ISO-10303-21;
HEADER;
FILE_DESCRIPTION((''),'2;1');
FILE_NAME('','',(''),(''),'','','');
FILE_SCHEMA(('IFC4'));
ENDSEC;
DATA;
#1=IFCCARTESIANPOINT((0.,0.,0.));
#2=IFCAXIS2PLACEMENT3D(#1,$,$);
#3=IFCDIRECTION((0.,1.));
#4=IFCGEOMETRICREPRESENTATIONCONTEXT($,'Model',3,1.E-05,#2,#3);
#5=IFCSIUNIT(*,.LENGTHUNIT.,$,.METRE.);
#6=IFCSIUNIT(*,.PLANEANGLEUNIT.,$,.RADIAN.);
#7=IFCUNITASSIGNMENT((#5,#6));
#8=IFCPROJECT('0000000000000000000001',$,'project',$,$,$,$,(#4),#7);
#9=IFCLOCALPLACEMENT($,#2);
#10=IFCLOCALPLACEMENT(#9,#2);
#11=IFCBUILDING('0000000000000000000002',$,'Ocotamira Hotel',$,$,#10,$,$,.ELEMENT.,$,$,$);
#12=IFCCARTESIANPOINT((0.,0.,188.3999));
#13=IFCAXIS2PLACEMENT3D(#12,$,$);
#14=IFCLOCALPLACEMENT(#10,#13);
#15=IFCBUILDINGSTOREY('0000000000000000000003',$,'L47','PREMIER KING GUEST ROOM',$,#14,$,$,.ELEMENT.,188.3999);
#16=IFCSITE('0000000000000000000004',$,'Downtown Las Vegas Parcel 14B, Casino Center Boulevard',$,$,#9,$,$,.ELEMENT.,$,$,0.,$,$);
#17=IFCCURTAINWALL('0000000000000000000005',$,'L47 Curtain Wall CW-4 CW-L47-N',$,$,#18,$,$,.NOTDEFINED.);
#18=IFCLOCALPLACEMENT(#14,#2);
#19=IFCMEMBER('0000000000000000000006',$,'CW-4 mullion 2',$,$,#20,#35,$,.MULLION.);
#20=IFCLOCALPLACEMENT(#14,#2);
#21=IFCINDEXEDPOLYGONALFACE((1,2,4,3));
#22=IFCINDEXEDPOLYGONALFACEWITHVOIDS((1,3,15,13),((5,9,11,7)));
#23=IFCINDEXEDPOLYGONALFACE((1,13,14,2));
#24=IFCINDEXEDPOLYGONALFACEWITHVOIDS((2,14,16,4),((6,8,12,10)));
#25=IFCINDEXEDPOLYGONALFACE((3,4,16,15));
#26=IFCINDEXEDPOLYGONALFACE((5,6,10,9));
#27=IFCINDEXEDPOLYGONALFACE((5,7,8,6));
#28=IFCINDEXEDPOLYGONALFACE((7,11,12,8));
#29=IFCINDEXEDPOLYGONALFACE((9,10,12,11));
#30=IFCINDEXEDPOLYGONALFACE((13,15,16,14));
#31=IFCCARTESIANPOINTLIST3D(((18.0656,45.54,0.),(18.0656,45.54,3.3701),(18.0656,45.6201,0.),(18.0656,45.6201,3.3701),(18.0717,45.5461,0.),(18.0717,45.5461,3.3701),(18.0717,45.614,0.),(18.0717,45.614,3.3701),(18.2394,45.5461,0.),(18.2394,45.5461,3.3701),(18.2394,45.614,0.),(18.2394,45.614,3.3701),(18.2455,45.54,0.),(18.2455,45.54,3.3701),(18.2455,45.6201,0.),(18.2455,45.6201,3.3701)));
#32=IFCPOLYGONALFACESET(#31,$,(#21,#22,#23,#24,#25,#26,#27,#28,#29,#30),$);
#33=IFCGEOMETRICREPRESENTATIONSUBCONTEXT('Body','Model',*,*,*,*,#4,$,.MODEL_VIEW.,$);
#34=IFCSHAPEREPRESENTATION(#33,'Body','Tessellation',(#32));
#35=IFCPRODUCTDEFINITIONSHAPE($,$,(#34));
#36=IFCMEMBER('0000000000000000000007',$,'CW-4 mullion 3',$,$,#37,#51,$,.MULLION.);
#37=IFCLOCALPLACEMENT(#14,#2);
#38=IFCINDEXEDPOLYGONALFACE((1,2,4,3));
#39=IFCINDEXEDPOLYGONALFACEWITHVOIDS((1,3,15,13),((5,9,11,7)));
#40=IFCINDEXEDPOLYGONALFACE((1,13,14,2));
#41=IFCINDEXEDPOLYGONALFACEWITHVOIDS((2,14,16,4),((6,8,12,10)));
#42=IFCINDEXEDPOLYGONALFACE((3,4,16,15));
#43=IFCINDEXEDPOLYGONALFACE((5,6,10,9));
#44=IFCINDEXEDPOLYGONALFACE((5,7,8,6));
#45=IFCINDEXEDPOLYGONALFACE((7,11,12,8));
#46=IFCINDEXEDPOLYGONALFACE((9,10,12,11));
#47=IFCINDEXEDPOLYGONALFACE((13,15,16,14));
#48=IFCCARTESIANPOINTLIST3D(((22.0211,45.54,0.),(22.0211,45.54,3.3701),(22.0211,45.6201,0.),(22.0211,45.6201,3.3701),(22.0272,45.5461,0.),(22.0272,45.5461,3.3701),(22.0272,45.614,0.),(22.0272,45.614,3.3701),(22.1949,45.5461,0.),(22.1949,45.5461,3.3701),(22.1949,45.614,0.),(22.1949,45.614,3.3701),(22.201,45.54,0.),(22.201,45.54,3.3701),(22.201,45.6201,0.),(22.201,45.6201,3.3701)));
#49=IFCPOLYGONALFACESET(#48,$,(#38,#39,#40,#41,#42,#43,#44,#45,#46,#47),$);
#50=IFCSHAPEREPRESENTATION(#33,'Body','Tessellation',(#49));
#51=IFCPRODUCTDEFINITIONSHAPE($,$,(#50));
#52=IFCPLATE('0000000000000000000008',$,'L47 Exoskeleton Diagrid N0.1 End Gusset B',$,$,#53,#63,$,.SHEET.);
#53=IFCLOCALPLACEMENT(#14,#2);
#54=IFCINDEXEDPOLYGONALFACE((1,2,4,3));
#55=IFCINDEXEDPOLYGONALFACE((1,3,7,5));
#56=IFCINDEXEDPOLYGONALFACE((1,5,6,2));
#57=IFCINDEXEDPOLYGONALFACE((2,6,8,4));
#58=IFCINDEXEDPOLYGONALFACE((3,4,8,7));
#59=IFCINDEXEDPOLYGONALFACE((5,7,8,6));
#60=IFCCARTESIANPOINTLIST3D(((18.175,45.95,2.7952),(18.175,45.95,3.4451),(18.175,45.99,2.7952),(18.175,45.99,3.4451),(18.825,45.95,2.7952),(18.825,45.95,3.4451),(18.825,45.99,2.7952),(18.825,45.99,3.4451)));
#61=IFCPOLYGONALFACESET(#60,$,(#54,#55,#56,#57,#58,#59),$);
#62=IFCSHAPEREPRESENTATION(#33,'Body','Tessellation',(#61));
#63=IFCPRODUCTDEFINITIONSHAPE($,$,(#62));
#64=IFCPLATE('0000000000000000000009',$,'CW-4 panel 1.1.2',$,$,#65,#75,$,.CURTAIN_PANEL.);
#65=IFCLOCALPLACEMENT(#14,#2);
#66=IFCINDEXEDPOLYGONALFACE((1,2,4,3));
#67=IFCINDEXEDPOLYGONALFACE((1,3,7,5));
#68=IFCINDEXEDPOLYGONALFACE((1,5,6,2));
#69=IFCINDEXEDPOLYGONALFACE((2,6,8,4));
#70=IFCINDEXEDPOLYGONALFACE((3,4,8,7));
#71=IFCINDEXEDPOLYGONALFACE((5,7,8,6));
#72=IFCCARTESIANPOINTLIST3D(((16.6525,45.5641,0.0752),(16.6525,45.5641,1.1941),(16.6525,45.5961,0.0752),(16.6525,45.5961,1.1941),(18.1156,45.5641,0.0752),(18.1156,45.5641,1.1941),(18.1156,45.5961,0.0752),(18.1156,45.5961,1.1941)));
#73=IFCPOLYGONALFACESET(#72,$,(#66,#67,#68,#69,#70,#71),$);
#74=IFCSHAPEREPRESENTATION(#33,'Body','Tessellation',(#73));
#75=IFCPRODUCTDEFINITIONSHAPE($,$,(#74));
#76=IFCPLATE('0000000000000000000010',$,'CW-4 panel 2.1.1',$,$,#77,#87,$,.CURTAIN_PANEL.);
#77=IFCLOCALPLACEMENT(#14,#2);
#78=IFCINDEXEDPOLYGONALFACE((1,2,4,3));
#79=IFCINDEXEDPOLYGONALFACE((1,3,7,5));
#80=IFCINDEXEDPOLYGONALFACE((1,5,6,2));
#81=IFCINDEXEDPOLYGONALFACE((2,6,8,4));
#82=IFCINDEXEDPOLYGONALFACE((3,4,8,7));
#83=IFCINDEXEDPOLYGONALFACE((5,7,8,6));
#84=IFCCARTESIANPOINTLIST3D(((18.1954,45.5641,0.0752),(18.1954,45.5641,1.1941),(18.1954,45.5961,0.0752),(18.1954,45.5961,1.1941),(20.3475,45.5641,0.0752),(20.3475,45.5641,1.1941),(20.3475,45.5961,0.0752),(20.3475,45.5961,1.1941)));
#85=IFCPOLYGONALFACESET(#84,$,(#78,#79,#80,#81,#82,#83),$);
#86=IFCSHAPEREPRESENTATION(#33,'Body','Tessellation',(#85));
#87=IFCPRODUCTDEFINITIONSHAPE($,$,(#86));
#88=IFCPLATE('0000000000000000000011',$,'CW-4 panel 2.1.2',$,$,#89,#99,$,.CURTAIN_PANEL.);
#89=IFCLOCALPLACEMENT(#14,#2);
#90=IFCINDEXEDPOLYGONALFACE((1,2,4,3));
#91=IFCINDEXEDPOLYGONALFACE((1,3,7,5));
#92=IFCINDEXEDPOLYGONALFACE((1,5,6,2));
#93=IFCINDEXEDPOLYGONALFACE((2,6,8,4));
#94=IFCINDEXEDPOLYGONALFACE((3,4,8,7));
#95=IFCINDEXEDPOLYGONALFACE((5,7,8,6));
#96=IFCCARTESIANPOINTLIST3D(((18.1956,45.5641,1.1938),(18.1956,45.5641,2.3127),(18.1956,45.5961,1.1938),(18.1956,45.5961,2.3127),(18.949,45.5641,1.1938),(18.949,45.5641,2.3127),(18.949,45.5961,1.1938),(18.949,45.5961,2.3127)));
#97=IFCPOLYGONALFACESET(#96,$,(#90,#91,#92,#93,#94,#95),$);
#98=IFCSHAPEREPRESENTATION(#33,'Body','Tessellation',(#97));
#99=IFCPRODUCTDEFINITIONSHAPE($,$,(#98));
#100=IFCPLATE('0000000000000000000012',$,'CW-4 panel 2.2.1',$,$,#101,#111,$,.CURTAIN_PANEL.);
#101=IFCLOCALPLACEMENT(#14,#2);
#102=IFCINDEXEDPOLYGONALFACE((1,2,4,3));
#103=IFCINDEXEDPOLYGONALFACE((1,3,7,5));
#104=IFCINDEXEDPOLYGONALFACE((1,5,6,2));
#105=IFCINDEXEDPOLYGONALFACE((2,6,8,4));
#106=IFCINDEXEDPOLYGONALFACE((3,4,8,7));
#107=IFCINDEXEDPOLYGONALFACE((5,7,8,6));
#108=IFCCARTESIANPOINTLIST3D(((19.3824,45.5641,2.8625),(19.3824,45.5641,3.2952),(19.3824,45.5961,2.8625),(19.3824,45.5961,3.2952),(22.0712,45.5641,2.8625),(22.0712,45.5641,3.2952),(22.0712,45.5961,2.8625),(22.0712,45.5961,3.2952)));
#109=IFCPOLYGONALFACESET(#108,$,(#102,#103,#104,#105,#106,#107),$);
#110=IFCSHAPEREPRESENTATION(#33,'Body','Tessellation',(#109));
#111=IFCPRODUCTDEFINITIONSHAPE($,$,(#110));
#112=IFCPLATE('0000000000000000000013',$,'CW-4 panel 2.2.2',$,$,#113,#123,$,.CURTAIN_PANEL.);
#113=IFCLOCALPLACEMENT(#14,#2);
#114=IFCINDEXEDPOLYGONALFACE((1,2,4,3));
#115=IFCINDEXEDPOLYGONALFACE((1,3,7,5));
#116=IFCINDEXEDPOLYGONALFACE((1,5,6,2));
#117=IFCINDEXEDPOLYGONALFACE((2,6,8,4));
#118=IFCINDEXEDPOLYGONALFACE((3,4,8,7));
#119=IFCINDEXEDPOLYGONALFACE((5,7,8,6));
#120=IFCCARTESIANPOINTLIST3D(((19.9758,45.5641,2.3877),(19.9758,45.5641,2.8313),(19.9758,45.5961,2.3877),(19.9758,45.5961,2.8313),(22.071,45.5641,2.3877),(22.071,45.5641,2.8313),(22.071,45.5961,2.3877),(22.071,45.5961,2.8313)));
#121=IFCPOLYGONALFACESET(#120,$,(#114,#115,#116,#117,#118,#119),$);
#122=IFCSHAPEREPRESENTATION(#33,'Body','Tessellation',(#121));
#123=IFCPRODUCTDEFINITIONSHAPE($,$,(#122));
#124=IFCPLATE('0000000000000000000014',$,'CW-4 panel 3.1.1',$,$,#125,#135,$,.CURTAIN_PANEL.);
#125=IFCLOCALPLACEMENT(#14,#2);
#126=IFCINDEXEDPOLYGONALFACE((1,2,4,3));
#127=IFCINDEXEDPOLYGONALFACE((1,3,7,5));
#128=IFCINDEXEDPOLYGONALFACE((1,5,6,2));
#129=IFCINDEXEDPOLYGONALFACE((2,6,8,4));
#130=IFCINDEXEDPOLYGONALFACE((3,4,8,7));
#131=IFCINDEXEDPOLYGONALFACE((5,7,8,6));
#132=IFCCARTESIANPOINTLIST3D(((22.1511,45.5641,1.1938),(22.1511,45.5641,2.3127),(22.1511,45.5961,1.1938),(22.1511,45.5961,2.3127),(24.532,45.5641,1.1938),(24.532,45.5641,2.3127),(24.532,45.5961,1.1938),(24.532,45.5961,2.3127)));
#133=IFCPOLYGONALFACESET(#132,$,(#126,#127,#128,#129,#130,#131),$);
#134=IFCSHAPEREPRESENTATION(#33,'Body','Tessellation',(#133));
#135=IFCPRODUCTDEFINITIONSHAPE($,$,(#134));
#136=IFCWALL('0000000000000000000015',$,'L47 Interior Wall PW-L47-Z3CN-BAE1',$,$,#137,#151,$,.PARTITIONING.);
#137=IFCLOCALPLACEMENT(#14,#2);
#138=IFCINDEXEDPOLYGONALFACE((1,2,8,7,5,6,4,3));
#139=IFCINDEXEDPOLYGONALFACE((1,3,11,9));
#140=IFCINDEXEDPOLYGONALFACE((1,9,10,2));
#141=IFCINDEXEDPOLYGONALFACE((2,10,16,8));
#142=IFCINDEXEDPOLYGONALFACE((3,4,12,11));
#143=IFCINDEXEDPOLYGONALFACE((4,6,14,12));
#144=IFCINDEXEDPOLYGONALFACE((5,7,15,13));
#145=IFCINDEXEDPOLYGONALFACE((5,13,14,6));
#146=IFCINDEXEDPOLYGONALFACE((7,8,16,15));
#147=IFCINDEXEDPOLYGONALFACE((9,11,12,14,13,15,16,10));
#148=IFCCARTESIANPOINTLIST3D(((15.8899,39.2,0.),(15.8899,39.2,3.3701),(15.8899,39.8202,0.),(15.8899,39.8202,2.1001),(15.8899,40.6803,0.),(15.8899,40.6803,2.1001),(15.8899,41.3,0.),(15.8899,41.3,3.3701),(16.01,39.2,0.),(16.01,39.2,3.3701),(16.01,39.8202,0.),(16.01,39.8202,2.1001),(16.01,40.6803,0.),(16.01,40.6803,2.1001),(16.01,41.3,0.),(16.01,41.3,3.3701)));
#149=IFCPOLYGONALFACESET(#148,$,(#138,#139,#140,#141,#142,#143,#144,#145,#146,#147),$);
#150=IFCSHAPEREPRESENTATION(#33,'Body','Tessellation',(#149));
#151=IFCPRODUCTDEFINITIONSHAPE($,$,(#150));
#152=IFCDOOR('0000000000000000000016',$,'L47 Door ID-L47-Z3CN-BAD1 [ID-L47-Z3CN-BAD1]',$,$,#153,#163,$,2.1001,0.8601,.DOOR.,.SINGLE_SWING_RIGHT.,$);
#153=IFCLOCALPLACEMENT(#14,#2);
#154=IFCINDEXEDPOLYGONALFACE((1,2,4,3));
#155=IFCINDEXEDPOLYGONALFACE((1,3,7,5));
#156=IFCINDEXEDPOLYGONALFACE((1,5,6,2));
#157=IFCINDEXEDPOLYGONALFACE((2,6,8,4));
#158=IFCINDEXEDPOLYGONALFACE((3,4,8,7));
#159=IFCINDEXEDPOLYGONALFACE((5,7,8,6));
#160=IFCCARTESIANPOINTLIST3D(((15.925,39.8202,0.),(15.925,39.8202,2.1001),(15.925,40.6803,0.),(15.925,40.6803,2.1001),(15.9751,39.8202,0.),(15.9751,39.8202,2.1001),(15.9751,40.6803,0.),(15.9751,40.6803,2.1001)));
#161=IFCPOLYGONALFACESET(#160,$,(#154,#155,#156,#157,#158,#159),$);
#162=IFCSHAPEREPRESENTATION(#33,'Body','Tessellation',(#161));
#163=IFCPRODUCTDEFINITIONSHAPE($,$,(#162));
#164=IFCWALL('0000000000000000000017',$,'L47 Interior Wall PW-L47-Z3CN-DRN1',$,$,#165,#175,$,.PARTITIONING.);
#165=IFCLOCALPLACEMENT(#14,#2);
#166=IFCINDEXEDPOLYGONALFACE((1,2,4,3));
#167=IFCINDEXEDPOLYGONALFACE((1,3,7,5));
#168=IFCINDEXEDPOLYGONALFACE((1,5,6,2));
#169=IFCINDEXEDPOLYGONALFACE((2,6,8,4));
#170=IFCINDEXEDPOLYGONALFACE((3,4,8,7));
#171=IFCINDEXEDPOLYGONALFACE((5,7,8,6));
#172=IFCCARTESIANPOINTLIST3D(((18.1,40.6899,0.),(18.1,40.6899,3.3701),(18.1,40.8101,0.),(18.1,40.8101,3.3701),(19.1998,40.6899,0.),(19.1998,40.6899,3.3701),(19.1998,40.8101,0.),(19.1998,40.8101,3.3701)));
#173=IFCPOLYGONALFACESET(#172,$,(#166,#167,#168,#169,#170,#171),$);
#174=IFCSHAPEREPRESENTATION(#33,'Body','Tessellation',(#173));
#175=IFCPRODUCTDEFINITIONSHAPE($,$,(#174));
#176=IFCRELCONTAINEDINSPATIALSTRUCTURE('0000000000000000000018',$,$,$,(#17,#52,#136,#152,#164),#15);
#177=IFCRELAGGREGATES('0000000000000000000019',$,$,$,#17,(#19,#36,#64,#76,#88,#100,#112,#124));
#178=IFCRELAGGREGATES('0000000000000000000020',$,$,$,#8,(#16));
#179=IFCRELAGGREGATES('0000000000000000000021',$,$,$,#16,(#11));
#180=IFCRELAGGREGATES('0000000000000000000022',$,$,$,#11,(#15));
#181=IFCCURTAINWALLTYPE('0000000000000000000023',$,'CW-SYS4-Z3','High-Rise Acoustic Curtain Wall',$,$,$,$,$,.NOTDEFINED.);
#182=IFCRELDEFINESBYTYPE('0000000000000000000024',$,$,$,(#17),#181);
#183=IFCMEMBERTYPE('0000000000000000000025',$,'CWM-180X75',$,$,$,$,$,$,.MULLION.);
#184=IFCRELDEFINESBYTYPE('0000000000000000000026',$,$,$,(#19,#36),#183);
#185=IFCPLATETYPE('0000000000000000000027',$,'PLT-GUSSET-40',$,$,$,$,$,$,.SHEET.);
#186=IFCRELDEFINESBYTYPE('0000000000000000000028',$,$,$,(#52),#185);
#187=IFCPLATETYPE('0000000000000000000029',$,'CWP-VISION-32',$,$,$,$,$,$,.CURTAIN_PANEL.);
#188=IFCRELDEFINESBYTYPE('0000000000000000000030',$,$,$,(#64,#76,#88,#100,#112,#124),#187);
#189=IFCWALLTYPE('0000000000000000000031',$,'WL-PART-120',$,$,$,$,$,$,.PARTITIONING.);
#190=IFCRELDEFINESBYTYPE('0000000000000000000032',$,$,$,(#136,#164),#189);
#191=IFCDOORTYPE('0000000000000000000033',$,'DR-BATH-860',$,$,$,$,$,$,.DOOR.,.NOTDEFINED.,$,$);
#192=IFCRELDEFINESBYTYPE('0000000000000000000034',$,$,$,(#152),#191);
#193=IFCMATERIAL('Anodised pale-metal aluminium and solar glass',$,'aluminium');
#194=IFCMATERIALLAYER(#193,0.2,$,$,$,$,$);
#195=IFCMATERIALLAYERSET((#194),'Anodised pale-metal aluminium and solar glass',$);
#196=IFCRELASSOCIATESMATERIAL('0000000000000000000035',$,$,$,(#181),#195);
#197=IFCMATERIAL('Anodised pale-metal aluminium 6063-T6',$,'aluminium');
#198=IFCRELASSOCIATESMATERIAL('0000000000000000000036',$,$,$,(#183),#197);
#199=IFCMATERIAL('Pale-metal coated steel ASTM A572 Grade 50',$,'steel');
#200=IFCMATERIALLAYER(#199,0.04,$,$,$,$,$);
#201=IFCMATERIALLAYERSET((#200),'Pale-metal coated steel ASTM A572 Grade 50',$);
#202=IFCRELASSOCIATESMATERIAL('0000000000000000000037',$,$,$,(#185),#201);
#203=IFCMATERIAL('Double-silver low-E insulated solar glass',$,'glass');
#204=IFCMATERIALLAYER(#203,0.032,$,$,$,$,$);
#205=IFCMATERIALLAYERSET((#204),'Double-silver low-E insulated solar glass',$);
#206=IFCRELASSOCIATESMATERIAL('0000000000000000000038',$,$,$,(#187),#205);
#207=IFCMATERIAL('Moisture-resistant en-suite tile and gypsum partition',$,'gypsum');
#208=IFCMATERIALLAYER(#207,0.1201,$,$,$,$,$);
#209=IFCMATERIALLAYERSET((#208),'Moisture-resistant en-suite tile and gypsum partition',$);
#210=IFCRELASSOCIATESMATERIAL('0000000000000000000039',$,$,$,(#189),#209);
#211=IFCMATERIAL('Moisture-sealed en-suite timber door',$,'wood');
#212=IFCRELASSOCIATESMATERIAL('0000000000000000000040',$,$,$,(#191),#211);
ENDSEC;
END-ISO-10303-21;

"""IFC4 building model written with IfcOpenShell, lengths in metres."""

from ifc_helpers import new_model, si_unit, direction, frame, frame_2d, origin, origin_2d, place, context, subcontext, project, spatial, rectangle, hollow_rectangle, extrude, source, transform, mapped, material, layer, layer_set, material_profile, profile_set, type_object, element, fill, aggregate, save


model = new_model("IFC4")

# Units and contexts
model_context = context("Model", 3, precision=1e-05, world=origin(), true_north=direction((0.0, 1.0)))
body_context = subcontext(model_context, "Body", "Model", "MODEL_VIEW")
ifc_project = project(units=[si_unit("LENGTHUNIT", "METRE"), si_unit("PLANEANGLEUNIT", "RADIAN")], contexts=[model_context])

# Site, building, storey
site_placement = place(None, origin())
site = spatial("IfcSite", under=ifc_project, at=site_placement, Name="Downtown Las Vegas Parcel 14B, Casino Center Boulevard", CompositionType="ELEMENT", RefElevation=0.0)
building_placement = place(site_placement, origin())
building = spatial("IfcBuilding", under=site, at=building_placement, Name="Ocotamira Hotel", CompositionType="ELEMENT")
storey_placement = place(building_placement, frame((0.0, 0.0, 188.3999)))
storey = spatial("IfcBuildingStorey", under=building, at=storey_placement, Name="L47", Description="PREMIER KING GUEST ROOM", CompositionType="ELEMENT", Elevation=188.3999)

# Curtain wall, members
ifc_material_1 = material(Name="Anodised pale-metal aluminium and solar glass", Category="aluminium")
ifc_layer_1 = layer(ifc_material_1, 0.2)
ifc_layer_set_1 = layer_set([ifc_layer_1], Name="Anodised pale-metal aluminium and solar glass")
curtain_wall_type = type_object("IfcCurtainWallType", Name="CW-SYS4-Z3", Description="High-Rise Acoustic Curtain Wall", PredefinedType="NOTDEFINED", material=ifc_layer_set_1)
curtain_wall_placement = place(storey_placement, origin())
curtain_wall = element("IfcCurtainWall", 1, at=curtain_wall_placement, inside=storey, type_object=curtain_wall_type, Name="L47 Curtain Wall CW-4 CW-L47-N", PredefinedType="NOTDEFINED")
ifc_material_2 = material(Name="Anodised pale-metal aluminium 6063-T6", Category="aluminium")
ifc_material_profile_1 = material_profile(ifc_material_2, hollow_rectangle(XDim=0.0801, YDim=0.1799, WallThickness=0.0061, at=origin_2d()), Name="HSS180X80X6")
ifc_profile_set_1 = profile_set([ifc_material_profile_1], Name="Anodised pale-metal aluminium 6063-T6")
member_type_1 = type_object("IfcMemberType", Name="CWM-180X75", PredefinedType="MULLION", material=ifc_profile_set_1)
shared_shape_1 = source(origin(), body_context, "Body", "SweptSolid", [
    extrude(hollow_rectangle(XDim=0.0801, YDim=0.1799, WallThickness=0.0061, at=origin_2d()), origin(), (0.0, 0.0, 1.0), 3.3701),
])
member_1_placement = place(storey_placement, frame((18.1555, 45.5801, 0.0), z_axis=(0.0, 0.0, 1.0), x_axis=(0.0, 1.0, 0.0)))
member_1 = element("IfcMember", 2, at=member_1_placement, type_object=member_type_1, Name="CW-4 mullion 2", PredefinedType="MULLION", context=body_context, shape_type="MappedRepresentation", body=[
    mapped(shared_shape_1, transform((0.0, 0.0, 0.0), scale=1.0)),
])
member_2_placement = place(storey_placement, frame((22.1111, 45.5801, 0.0), z_axis=(0.0, 0.0, 1.0), x_axis=(0.0, 1.0, 0.0)))
member_2 = element("IfcMember", 3, at=member_2_placement, type_object=member_type_1, Name="CW-4 mullion 3", PredefinedType="MULLION", context=body_context, shape_type="MappedRepresentation", body=[
    mapped(shared_shape_1, transform((0.0, 0.0, 0.0), scale=1.0)),
])

# Plates
ifc_material_3 = material(Name="Pale-metal coated steel ASTM A572 Grade 50", Category="steel")
ifc_layer_2 = layer(ifc_material_3, 0.04)
ifc_layer_set_2 = layer_set([ifc_layer_2], Name="Pale-metal coated steel ASTM A572 Grade 50")
plate_type_1 = type_object("IfcPlateType", Name="PLT-GUSSET-40", PredefinedType="SHEET", material=ifc_layer_set_2)
shared_shape_2 = source(origin(), body_context, "Body", "SweptSolid", [
    extrude(rectangle(XDim=0.6499, YDim=0.04, at=origin_2d()), origin(), (0.0, 0.0, 1.0), 0.6499),
])
plate_1_placement = place(storey_placement, frame((18.5, 45.97, 2.7952), z_axis=(0.0, 0.0, 1.0), x_axis=(1.0, 0.0, 0.0)))
element("IfcPlate", 4, at=plate_1_placement, inside=storey, type_object=plate_type_1, Name="L47 Exoskeleton Diagrid N0.1 End Gusset B", PredefinedType="SHEET", context=body_context, shape_type="MappedRepresentation", body=[
    mapped(shared_shape_2, transform((0.0, 0.0, 0.0), scale=1.0)),
])
ifc_material_4 = material(Name="Double-silver low-E insulated solar glass", Category="glass")
ifc_layer_3 = layer(ifc_material_4, 0.032)
ifc_layer_set_3 = layer_set([ifc_layer_3], Name="Double-silver low-E insulated solar glass")
plate_type_2 = type_object("IfcPlateType", Name="CWP-VISION-32", PredefinedType="CURTAIN_PANEL", material=ifc_layer_set_3)
shared_shape_3 = source(origin(), body_context, "Body", "SweptSolid", [
    extrude(rectangle(XDim=1.4631, YDim=0.032, at=origin_2d()), origin(), (0.0, 0.0, 1.0), 1.1189),
])
plate_2_placement = place(storey_placement, frame((17.384, 45.5801, 0.0752), z_axis=(0.0, 0.0, 1.0), x_axis=(1.0, 0.0, 0.0)))
plate_2 = element("IfcPlate", 5, at=plate_2_placement, type_object=plate_type_2, Name="CW-4 panel 1.1.2", PredefinedType="CURTAIN_PANEL", context=body_context, shape_type="MappedRepresentation", body=[
    mapped(shared_shape_3, transform((0.0, 0.0, 0.0), scale=1.0)),
])
shared_shape_4 = source(origin(), body_context, "Body", "SweptSolid", [
    extrude(rectangle(XDim=2.1521, YDim=0.032, at=origin_2d()), origin(), (0.0, 0.0, 1.0), 1.1189),
])
plate_3_placement = place(storey_placement, frame((19.2715, 45.5801, 0.0752), z_axis=(0.0, 0.0, 1.0), x_axis=(1.0, 0.0, 0.0)))
plate_3 = element("IfcPlate", 6, at=plate_3_placement, type_object=plate_type_2, Name="CW-4 panel 2.1.1", PredefinedType="CURTAIN_PANEL", context=body_context, shape_type="MappedRepresentation", body=[
    mapped(shared_shape_4, transform((0.0, 0.0, 0.0), scale=1.0)),
])
shared_shape_5 = source(origin(), body_context, "Body", "SweptSolid", [
    extrude(rectangle(XDim=0.7534, YDim=0.032, at=origin_2d()), origin(), (0.0, 0.0, 1.0), 1.1189),
])
plate_4_placement = place(storey_placement, frame((18.5723, 45.5801, 1.1938), z_axis=(0.0, 0.0, 1.0), x_axis=(1.0, 0.0, 0.0)))
plate_4 = element("IfcPlate", 7, at=plate_4_placement, type_object=plate_type_2, Name="CW-4 panel 2.1.2", PredefinedType="CURTAIN_PANEL", context=body_context, shape_type="MappedRepresentation", body=[
    mapped(shared_shape_5, transform((0.0, 0.0, 0.0), scale=1.0)),
])
shared_shape_6 = source(origin(), body_context, "Body", "SweptSolid", [
    extrude(rectangle(XDim=2.6887, YDim=0.032, at=origin_2d()), origin(), (0.0, 0.0, 1.0), 0.4326),
])
plate_5_placement = place(storey_placement, frame((20.7268, 45.5801, 2.8625), z_axis=(0.0, 0.0, 1.0), x_axis=(1.0, 0.0, 0.0)))
plate_5 = element("IfcPlate", 8, at=plate_5_placement, type_object=plate_type_2, Name="CW-4 panel 2.2.1", PredefinedType="CURTAIN_PANEL", context=body_context, shape_type="MappedRepresentation", body=[
    mapped(shared_shape_6, transform((0.0, 0.0, 0.0), scale=1.0)),
])
shared_shape_7 = source(origin(), body_context, "Body", "SweptSolid", [
    extrude(rectangle(XDim=2.0952, YDim=0.032, at=origin_2d()), origin(), (0.0, 0.0, 1.0), 0.4436),
])
plate_6_placement = place(storey_placement, frame((21.0234, 45.5801, 2.3877), z_axis=(0.0, 0.0, 1.0), x_axis=(1.0, 0.0, 0.0)))
plate_6 = element("IfcPlate", 9, at=plate_6_placement, type_object=plate_type_2, Name="CW-4 panel 2.2.2", PredefinedType="CURTAIN_PANEL", context=body_context, shape_type="MappedRepresentation", body=[
    mapped(shared_shape_7, transform((0.0, 0.0, 0.0), scale=1.0)),
])
shared_shape_8 = source(origin(), body_context, "Body", "SweptSolid", [
    extrude(rectangle(XDim=2.3809, YDim=0.032, at=origin_2d()), origin(), (0.0, 0.0, 1.0), 1.1189),
])
plate_7_placement = place(storey_placement, frame((23.3416, 45.5801, 1.1938), z_axis=(0.0, 0.0, 1.0), x_axis=(1.0, 0.0, 0.0)))
plate_7 = element("IfcPlate", 10, at=plate_7_placement, type_object=plate_type_2, Name="CW-4 panel 3.1.1", PredefinedType="CURTAIN_PANEL", context=body_context, shape_type="MappedRepresentation", body=[
    mapped(shared_shape_8, transform((0.0, 0.0, 0.0), scale=1.0)),
])
aggregate(curtain_wall, [member_1, member_2, plate_2, plate_3, plate_4, plate_5, plate_6, plate_7])

# Wall, opening, door
ifc_material_5 = material(Name="Moisture-resistant en-suite tile and gypsum partition", Category="gypsum")
ifc_layer_4 = layer(ifc_material_5, 0.1201)
ifc_layer_set_4 = layer_set([ifc_layer_4], Name="Moisture-resistant en-suite tile and gypsum partition")
wall_type_1 = type_object("IfcWallType", Name="WL-PART-120", PredefinedType="PARTITIONING", material=ifc_layer_set_4)
wall_1_placement = place(storey_placement, frame((15.95, 39.2, 0.0), z_axis=(0.0, 0.0, 1.0), x_axis=(0.0, 1.0, 0.0)))
wall_1 = element("IfcWall", 11, at=wall_1_placement, inside=storey, type_object=wall_type_1, Name="L47 Interior Wall PW-L47-Z3CN-BAE1", PredefinedType="PARTITIONING", context=body_context, shape_type="SweptSolid", body=[
    extrude(rectangle(XDim=2.1001, YDim=0.1201, at=frame_2d((1.05, 0.0))), origin(), (0.0, 0.0, 1.0), 3.3701),
])
opening_1_placement = place(wall_1_placement, frame((0.6201, 0.0, 0.0)))
opening_1 = element("IfcOpeningElement", 12, at=opening_1_placement, cuts=wall_1, PredefinedType="OPENING", context=body_context, shape_type="SweptSolid", body=[
    extrude(rectangle(XDim=0.8601, YDim=2.1001, at=frame_2d((0.4302, 1.05))), frame((0.0, 0.0701, 0.0), z_axis=(0.0, -1.0, 0.0), x_axis=(1.0, 0.0, 0.0)), (0.0, 0.0, 1.0), 0.1401),
])
ifc_material_6 = material(Name="Moisture-sealed en-suite timber door", Category="wood")
door_type = type_object("IfcDoorType", Name="DR-BATH-860", OperationType="NOTDEFINED", PredefinedType="DOOR", material=ifc_material_6)
shared_shape_9 = source(origin(), body_context, "Body", "SweptSolid", [
    extrude(rectangle(XDim=0.8601, YDim=2.1001, at=frame_2d((0.4302, 1.05))), frame((0.0, 0.0249, 0.0), z_axis=(0.0, -1.0, 0.0), x_axis=(1.0, 0.0, 0.0)), (0.0, 0.0, 1.0), 0.05),
])
door_1_placement = place(opening_1_placement, origin())
door_1 = element("IfcDoor", 13, at=door_1_placement, inside=storey, type_object=door_type, Name="L47 Door ID-L47-Z3CN-BAD1 [ID-L47-Z3CN-BAD1]", OperationType="SINGLE_SWING_RIGHT", OverallHeight=2.1001, OverallWidth=0.8601, PredefinedType="DOOR", context=body_context, shape_type="MappedRepresentation", body=[
    mapped(shared_shape_9, transform((0.0, 0.0, 0.0), scale=1.0)),
])
fill(opening_1, door_1)

# Wall
wall_2_placement = place(storey_placement, frame((18.1001, 40.75, 0.0), z_axis=(0.0, 0.0, 1.0), x_axis=(1.0, 0.0, 0.0)))
element("IfcWall", 14, at=wall_2_placement, inside=storey, type_object=wall_type_1, Name="L47 Interior Wall PW-L47-Z3CN-DRN1", PredefinedType="PARTITIONING", context=body_context, shape_type="SweptSolid", body=[
    extrude(rectangle(XDim=1.0999, YDim=0.1201, at=frame_2d((0.5498, 0.0))), origin(), (0.0, 0.0, 1.0), 3.3701),
])

save(model, "model.ifc")
